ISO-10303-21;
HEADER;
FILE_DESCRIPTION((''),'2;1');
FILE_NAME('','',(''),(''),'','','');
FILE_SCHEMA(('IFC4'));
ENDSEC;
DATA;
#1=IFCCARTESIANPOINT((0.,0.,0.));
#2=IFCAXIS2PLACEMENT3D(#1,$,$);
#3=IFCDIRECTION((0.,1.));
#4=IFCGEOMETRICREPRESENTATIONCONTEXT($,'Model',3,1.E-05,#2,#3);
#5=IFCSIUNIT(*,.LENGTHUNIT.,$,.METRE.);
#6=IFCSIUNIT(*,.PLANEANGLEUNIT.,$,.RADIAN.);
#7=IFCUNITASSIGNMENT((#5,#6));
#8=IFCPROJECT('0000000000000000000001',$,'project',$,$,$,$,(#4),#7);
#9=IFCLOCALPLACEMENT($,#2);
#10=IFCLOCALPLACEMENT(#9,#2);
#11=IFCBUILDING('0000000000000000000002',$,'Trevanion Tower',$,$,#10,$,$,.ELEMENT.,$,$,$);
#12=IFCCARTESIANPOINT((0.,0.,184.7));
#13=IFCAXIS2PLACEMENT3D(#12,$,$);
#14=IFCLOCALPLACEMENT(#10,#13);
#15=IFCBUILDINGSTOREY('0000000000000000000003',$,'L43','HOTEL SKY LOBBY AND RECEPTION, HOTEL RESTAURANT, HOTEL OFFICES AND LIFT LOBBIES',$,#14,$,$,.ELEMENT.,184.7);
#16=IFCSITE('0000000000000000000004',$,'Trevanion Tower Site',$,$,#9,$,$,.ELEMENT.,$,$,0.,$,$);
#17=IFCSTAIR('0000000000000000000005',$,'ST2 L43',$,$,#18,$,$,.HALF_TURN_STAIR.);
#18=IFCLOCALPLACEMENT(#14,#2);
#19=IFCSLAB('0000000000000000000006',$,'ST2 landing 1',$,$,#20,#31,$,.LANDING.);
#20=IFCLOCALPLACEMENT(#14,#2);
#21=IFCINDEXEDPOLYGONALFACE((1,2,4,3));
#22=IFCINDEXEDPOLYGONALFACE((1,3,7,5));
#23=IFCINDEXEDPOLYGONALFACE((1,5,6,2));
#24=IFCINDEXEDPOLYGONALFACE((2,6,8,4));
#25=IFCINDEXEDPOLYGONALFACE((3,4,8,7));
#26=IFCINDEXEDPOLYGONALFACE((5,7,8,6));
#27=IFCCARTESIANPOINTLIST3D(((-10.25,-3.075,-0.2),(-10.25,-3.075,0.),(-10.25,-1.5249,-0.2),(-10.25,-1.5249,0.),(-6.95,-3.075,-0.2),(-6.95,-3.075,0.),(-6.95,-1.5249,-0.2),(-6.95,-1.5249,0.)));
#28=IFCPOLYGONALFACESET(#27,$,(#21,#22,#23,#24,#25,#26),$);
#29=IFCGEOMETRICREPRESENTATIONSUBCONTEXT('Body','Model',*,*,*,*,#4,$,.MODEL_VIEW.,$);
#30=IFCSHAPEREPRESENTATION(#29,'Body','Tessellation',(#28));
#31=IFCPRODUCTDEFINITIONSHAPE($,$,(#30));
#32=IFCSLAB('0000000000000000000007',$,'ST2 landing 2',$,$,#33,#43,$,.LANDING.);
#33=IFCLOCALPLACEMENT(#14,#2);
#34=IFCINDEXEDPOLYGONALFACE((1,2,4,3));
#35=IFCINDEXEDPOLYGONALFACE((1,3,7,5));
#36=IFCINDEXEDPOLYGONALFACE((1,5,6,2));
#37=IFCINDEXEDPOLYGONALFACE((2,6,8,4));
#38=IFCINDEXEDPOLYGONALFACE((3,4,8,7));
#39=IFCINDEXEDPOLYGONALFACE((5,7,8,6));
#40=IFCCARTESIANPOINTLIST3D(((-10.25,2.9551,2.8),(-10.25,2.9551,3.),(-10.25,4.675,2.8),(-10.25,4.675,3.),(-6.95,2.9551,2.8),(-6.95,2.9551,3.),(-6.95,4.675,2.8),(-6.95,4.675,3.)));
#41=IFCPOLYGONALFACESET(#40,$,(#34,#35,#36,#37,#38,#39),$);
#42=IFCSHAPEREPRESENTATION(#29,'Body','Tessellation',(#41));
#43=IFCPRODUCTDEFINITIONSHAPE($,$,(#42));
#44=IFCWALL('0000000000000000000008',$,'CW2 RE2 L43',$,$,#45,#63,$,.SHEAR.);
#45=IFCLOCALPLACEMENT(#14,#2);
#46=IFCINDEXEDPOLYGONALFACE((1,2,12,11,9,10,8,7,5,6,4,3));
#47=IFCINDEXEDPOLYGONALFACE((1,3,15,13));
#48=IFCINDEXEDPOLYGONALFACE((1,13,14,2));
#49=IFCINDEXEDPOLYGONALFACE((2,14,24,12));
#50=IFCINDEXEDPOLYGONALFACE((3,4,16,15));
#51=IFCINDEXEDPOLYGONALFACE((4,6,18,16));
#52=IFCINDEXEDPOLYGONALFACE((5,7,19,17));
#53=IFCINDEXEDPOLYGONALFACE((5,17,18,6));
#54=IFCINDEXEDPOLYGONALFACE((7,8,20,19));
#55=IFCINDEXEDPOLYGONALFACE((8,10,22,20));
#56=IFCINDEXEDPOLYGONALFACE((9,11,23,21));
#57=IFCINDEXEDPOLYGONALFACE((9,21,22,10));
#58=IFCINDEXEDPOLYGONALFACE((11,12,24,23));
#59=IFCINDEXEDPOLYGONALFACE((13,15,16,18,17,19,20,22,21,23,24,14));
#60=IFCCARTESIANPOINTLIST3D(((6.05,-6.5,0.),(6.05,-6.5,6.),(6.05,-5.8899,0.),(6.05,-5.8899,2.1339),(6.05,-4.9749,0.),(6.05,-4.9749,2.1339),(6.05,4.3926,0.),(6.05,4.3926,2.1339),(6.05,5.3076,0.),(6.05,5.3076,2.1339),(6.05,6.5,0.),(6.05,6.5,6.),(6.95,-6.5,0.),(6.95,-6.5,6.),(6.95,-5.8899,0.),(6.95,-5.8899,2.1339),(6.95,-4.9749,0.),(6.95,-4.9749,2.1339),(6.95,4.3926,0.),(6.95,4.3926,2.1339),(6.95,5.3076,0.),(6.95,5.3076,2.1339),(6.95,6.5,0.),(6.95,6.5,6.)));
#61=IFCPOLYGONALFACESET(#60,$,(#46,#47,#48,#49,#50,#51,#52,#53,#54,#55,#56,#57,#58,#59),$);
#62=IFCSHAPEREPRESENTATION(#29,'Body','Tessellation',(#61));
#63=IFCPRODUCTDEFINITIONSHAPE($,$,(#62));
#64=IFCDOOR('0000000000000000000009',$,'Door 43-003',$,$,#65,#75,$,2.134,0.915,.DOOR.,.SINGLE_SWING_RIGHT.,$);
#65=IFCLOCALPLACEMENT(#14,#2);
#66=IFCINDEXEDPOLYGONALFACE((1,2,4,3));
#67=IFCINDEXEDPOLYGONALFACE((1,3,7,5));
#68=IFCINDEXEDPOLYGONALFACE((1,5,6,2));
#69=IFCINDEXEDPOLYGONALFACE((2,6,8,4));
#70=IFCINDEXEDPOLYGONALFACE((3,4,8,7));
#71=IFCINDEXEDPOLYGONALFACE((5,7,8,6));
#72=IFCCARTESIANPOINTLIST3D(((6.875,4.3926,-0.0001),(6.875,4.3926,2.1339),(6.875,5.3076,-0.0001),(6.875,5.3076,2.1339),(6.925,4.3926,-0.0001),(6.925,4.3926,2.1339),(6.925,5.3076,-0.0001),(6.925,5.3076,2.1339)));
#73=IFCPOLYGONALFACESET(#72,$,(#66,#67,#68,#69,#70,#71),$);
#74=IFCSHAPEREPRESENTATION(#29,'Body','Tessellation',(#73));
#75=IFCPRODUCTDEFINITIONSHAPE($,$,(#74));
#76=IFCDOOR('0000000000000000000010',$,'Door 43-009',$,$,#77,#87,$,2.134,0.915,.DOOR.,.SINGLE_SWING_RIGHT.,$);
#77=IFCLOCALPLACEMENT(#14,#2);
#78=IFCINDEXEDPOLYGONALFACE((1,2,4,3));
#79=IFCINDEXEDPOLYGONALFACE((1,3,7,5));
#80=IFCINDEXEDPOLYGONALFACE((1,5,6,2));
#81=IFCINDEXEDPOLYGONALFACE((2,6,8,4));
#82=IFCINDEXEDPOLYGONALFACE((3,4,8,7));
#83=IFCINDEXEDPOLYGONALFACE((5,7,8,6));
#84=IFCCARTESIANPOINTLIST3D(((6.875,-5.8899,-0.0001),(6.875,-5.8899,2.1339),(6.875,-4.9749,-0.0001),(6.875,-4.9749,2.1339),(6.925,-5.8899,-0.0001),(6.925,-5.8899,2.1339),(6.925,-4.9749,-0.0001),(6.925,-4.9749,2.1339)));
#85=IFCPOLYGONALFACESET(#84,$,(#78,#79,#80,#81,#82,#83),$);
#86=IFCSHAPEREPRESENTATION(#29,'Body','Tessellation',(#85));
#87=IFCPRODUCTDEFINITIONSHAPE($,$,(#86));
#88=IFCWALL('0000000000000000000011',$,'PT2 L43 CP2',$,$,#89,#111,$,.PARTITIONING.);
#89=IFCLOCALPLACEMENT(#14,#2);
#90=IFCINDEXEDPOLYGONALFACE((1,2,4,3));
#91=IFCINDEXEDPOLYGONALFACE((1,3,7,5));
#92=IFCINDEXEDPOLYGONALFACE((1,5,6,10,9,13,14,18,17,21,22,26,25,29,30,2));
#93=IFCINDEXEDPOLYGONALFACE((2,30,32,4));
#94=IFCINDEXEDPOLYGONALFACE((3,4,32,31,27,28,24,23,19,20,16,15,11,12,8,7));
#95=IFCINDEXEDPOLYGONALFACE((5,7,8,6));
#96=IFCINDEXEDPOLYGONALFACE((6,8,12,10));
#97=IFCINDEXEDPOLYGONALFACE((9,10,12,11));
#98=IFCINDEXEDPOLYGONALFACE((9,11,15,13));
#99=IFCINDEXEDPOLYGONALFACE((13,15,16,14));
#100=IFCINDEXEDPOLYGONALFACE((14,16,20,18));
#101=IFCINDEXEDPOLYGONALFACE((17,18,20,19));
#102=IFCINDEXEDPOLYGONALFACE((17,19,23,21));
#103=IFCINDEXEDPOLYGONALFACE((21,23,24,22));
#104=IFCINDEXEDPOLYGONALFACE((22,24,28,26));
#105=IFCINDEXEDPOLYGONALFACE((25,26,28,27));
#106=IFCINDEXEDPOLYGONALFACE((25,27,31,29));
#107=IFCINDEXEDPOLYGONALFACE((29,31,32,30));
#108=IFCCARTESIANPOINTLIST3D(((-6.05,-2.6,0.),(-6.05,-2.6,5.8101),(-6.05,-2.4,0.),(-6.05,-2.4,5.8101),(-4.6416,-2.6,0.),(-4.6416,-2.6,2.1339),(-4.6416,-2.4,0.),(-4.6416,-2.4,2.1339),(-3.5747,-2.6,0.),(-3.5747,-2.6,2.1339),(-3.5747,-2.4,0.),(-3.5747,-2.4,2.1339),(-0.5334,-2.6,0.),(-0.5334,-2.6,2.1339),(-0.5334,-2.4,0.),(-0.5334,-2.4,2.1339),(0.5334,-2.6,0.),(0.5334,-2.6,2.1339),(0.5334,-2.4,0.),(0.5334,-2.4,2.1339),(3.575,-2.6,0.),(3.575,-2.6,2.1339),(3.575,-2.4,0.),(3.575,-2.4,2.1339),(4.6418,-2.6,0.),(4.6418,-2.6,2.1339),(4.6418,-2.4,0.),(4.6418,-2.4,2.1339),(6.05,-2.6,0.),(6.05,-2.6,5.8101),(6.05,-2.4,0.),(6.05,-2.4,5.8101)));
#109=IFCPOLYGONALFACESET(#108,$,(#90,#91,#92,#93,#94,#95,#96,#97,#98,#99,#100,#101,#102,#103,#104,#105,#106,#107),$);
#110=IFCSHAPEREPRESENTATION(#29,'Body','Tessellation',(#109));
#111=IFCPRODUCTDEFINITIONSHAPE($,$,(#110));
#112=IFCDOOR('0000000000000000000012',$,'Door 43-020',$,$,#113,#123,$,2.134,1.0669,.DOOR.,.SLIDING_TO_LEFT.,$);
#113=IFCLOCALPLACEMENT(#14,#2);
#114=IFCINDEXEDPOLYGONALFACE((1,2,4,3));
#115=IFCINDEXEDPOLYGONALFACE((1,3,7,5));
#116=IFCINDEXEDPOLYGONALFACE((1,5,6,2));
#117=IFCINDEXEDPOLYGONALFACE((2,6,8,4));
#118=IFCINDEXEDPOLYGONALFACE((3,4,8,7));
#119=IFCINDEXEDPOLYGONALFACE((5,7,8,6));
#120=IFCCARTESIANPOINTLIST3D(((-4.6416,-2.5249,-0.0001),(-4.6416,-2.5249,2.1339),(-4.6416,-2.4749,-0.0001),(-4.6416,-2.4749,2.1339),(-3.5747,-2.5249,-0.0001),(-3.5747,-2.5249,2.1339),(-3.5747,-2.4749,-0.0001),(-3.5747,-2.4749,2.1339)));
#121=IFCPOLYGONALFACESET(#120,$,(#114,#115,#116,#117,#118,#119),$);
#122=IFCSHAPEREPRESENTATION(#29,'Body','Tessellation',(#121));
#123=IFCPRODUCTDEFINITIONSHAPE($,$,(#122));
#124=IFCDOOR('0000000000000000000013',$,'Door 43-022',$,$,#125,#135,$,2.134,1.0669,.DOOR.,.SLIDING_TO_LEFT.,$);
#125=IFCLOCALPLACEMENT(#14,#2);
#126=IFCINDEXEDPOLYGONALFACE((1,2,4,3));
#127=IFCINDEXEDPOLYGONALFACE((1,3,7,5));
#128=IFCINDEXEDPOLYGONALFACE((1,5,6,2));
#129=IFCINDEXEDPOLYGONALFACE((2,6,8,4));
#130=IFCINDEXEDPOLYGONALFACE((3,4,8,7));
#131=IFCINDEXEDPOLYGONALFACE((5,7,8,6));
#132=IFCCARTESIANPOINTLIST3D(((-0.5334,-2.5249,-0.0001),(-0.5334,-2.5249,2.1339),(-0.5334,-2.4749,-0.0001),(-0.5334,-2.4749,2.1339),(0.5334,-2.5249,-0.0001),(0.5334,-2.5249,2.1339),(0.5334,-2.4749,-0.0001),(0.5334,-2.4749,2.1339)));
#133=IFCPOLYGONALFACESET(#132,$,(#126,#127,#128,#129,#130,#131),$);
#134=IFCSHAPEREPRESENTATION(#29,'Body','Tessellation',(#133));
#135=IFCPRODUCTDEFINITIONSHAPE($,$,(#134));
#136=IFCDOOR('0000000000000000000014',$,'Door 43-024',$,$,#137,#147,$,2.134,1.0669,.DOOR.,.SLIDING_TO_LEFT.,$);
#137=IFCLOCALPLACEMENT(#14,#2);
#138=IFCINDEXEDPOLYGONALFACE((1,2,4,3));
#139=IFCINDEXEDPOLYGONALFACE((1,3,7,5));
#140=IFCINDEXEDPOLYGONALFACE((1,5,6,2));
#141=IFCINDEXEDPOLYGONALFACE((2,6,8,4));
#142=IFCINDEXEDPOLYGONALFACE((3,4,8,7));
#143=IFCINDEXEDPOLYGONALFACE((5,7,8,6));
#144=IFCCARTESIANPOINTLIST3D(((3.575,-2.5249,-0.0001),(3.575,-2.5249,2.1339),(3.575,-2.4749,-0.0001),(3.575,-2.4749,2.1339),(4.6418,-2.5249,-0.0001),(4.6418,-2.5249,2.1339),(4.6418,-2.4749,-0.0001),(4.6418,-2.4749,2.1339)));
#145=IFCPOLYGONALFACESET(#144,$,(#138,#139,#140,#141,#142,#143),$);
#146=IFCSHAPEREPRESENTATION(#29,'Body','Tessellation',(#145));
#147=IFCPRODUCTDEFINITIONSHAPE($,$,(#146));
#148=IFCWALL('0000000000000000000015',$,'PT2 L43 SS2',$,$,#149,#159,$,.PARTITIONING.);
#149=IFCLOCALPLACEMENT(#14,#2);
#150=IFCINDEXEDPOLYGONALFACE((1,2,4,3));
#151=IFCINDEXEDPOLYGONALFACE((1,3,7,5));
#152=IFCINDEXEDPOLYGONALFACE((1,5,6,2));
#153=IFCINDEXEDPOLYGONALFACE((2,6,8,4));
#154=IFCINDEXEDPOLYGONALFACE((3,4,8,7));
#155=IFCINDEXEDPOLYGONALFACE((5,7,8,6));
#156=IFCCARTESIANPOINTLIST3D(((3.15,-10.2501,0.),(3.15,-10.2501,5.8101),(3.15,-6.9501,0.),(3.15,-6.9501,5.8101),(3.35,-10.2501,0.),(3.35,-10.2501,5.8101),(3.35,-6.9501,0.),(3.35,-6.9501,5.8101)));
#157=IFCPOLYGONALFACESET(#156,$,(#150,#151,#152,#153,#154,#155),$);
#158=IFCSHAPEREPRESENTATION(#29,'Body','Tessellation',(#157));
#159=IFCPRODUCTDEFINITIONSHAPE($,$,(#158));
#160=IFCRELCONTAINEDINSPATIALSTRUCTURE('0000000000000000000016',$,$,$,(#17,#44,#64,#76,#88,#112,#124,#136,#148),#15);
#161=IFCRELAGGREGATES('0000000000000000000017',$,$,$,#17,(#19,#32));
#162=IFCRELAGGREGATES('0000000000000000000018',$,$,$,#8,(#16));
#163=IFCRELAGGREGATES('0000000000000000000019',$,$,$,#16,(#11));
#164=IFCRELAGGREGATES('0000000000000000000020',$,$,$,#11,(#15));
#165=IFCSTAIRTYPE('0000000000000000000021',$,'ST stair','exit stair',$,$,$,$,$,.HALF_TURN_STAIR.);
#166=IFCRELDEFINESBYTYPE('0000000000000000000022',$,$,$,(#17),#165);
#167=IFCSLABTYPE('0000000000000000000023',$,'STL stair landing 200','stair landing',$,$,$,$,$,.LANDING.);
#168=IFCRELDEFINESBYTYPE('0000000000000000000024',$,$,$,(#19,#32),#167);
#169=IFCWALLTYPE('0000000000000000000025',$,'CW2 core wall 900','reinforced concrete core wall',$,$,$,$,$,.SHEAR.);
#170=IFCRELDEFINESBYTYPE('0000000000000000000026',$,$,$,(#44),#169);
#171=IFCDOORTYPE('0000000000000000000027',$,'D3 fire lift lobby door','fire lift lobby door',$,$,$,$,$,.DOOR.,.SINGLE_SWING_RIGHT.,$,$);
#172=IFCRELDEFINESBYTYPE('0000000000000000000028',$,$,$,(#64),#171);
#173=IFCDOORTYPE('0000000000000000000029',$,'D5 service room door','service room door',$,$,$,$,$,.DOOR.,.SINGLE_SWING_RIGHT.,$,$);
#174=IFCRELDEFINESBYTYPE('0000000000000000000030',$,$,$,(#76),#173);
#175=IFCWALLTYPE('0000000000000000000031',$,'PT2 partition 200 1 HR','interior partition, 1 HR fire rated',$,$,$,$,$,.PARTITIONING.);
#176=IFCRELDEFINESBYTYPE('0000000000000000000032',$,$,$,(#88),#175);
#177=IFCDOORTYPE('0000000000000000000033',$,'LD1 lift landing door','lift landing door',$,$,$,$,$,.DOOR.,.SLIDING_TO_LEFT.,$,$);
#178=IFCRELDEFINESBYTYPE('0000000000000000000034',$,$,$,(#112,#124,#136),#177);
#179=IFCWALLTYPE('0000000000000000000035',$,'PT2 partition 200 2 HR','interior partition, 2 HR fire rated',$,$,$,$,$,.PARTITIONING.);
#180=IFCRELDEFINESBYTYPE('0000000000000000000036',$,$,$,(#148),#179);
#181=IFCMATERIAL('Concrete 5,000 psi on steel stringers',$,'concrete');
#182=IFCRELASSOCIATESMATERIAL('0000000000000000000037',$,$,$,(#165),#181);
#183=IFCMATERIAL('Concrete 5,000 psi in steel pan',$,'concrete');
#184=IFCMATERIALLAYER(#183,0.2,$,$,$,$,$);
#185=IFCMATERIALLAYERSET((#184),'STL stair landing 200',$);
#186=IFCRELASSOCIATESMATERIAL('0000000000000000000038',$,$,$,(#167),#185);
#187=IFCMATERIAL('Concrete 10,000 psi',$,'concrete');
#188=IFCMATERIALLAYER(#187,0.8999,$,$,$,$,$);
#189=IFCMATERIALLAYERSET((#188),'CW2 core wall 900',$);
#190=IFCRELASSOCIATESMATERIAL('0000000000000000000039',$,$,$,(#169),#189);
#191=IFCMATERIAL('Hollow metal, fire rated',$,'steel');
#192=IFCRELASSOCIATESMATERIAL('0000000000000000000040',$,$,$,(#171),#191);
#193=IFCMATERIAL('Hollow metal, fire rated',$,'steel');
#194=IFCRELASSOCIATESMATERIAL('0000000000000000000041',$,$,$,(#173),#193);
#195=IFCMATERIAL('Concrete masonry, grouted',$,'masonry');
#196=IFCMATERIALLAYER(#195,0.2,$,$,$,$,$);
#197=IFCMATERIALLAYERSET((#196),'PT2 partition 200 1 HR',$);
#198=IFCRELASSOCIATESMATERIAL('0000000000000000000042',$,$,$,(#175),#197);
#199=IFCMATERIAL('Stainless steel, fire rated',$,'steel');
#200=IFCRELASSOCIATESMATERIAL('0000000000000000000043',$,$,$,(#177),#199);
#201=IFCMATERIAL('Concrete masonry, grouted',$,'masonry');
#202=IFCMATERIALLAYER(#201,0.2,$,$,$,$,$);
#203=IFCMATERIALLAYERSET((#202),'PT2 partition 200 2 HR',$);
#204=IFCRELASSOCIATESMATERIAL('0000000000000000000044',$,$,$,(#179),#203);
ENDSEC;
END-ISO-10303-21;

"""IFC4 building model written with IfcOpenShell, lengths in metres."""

from ifc_helpers import new_model, si_unit, direction, frame, frame_2d, origin, place, context, subcontext, project, spatial, polyline, rectangle, outline, extrude, material, layer, layer_set, type_object, element, fill, aggregate, save


model = new_model("IFC4")

# Units and contexts
model_context = context("Model", 3, precision=1e-05, world=origin(), true_north=direction((0.0, 1.0)))
body_context = subcontext(model_context, "Body", "Model", "MODEL_VIEW")
ifc_project = project(units=[si_unit("LENGTHUNIT", "METRE"), si_unit("PLANEANGLEUNIT", "RADIAN")], contexts=[model_context])

# Site, building, storey
site_placement = place(None, origin())
site = spatial("IfcSite", under=ifc_project, at=site_placement, Name="Trevanion Tower Site", CompositionType="ELEMENT", RefElevation=0.0)
building_placement = place(site_placement, origin())
building = spatial("IfcBuilding", under=site, at=building_placement, Name="Trevanion Tower", CompositionType="ELEMENT")
storey_placement = place(building_placement, frame((0.0, 0.0, 184.7)))
storey = spatial("IfcBuildingStorey", under=building, at=storey_placement, Name="L43", Description="HOTEL SKY LOBBY AND RECEPTION, HOTEL RESTAURANT, HOTEL OFFICES AND LIFT LOBBIES", CompositionType="ELEMENT", Elevation=184.7)

# Stair, slabs
ifc_material_1 = material(Name="Concrete 5,000 psi on steel stringers", Category="concrete")
stair_type = type_object("IfcStairType", Name="ST stair", Description="exit stair", PredefinedType="HALF_TURN_STAIR", material=ifc_material_1)
ifc_material_2 = material(Name="Concrete 5,000 psi in steel pan", Category="concrete")
ifc_layer_1 = layer(ifc_material_2, 0.2)
ifc_layer_set_1 = layer_set([ifc_layer_1], Name="STL stair landing 200")
slab_type_1 = type_object("IfcSlabType", Name="STL stair landing 200", Description="stair landing", PredefinedType="LANDING", material=ifc_layer_set_1)
stair_1_placement = place(storey_placement, origin())
stair_1 = element("IfcStair", 1, at=stair_1_placement, inside=storey, type_object=stair_type, Name="ST2 L43", PredefinedType="HALF_TURN_STAIR")
slab_1_placement = place(storey_placement, frame((0.0, 0.0, -0.2)))
slab_1 = element("IfcSlab", 2, at=slab_1_placement, type_object=slab_type_1, Name="ST2 landing 1", PredefinedType="LANDING", context=body_context, shape_type="SweptSolid", body=[
    extrude(outline(polyline([(-6.95, -1.5249), (-10.25, -1.5249), (-10.25, -3.075), (-6.95, -3.075), (-6.95, -1.5249)])), origin(), (0.0, 0.0, 1.0), 0.2),
])
slab_2_placement = place(storey_placement, frame((0.0, 0.0, 2.8)))
slab_2 = element("IfcSlab", 3, at=slab_2_placement, type_object=slab_type_1, Name="ST2 landing 2", PredefinedType="LANDING", context=body_context, shape_type="SweptSolid", body=[
    extrude(outline(polyline([(-6.95, 4.675), (-10.25, 4.675), (-10.25, 2.9551), (-6.95, 2.9551), (-6.95, 4.675)])), origin(), (0.0, 0.0, 1.0), 0.2),
])
aggregate(stair_1, [slab_1, slab_2])

# Walls, openings, doors
ifc_material_3 = material(Name="Concrete 10,000 psi", Category="concrete")
ifc_layer_2 = layer(ifc_material_3, 0.8999)
ifc_layer_set_2 = layer_set([ifc_layer_2], Name="CW2 core wall 900")
wall_type_1 = type_object("IfcWallType", Name="CW2 core wall 900", Description="reinforced concrete core wall", PredefinedType="SHEAR", material=ifc_layer_set_2)
wall_1_placement = place(storey_placement, frame((6.5, -6.5, 0.0), z_axis=(0.0, 0.0, 1.0), x_axis=(0.0, 1.0, 0.0)))
wall_1 = element("IfcWall", 4, at=wall_1_placement, inside=storey, type_object=wall_type_1, Name="CW2 RE2 L43", PredefinedType="SHEAR", context=body_context, shape_type="SweptSolid", body=[
    extrude(rectangle(XDim=13.0, YDim=0.8999, at=frame_2d((6.5, 0.0))), origin(), (0.0, 0.0, 1.0), 6.0),
])
opening_1_placement = place(wall_1_placement, frame((10.8926, 0.0, 0.0)))
opening_1 = element("IfcOpeningElement", 5, at=opening_1_placement, cuts=wall_1, PredefinedType="OPENING", context=body_context, shape_type="SweptSolid", body=[
    extrude(rectangle(XDim=0.915, YDim=2.134, at=frame_2d((0.4575, 1.0669))), frame((0.0, 0.46, 0.0), z_axis=(0.0, -1.0, 0.0), x_axis=(1.0, 0.0, 0.0)), (0.0, 0.0, 1.0), 0.9199),
])
opening_2_placement = place(wall_1_placement, frame((0.6101, 0.0, 0.0)))
opening_2 = element("IfcOpeningElement", 6, at=opening_2_placement, cuts=wall_1, PredefinedType="OPENING", context=body_context, shape_type="SweptSolid", body=[
    extrude(rectangle(XDim=0.915, YDim=2.134, at=frame_2d((0.4575, 1.0669))), frame((0.0, 0.46, 0.0), z_axis=(0.0, -1.0, 0.0), x_axis=(1.0, 0.0, 0.0)), (0.0, 0.0, 1.0), 0.9199),
])
ifc_material_4 = material(Name="Hollow metal, fire rated", Category="steel")
door_type_1 = type_object("IfcDoorType", Name="D3 fire lift lobby door", Description="fire lift lobby door", OperationType="SINGLE_SWING_RIGHT", PredefinedType="DOOR", material=ifc_material_4)
door_1_placement = place(opening_1_placement, origin())
door_1 = element("IfcDoor", 7, at=door_1_placement, inside=storey, type_object=door_type_1, Name="Door 43-003", OperationType="SINGLE_SWING_RIGHT", OverallHeight=2.134, OverallWidth=0.915, PredefinedType="DOOR", context=body_context, shape_type="SweptSolid", body=[
    extrude(rectangle(XDim=0.915, YDim=2.134, at=frame_2d((0.4575, 1.0669))), frame((0.0, -0.375, 0.0), z_axis=(0.0, -1.0, 0.0), x_axis=(1.0, 0.0, 0.0)), (0.0, 0.0, 1.0), 0.05),
])
fill(opening_1, door_1)
ifc_material_5 = material(Name="Hollow metal, fire rated", Category="steel")
door_type_2 = type_object("IfcDoorType", Name="D5 service room door", Description="service room door", OperationType="SINGLE_SWING_RIGHT", PredefinedType="DOOR", material=ifc_material_5)
door_2_placement = place(opening_2_placement, origin())
door_2 = element("IfcDoor", 8, at=door_2_placement, inside=storey, type_object=door_type_2, Name="Door 43-009", OperationType="SINGLE_SWING_RIGHT", OverallHeight=2.134, OverallWidth=0.915, PredefinedType="DOOR", context=body_context, shape_type="SweptSolid", body=[
    extrude(rectangle(XDim=0.915, YDim=2.134, at=frame_2d((0.4575, 1.0669))), frame((0.0, -0.375, 0.0), z_axis=(0.0, -1.0, 0.0), x_axis=(1.0, 0.0, 0.0)), (0.0, 0.0, 1.0), 0.05),
])
fill(opening_2, door_2)
ifc_material_6 = material(Name="Concrete masonry, grouted", Category="masonry")
ifc_layer_3 = layer(ifc_material_6, 0.2)
ifc_layer_set_3 = layer_set([ifc_layer_3], Name="PT2 partition 200 1 HR")
wall_type_2 = type_object("IfcWallType", Name="PT2 partition 200 1 HR", Description="interior partition, 1 HR fire rated", PredefinedType="PARTITIONING", material=ifc_layer_set_3)
wall_2_placement = place(storey_placement, frame((6.05, -2.5, 0.0), z_axis=(0.0, 0.0, 1.0), x_axis=(-1.0, 0.0, 0.0)))
wall_2 = element("IfcWall", 9, at=wall_2_placement, inside=storey, type_object=wall_type_2, Name="PT2 L43 CP2", PredefinedType="PARTITIONING", context=body_context, shape_type="SweptSolid", body=[
    extrude(rectangle(XDim=12.1001, YDim=0.2, at=frame_2d((6.05, 0.0))), origin(), (0.0, 0.0, 1.0), 5.8101),
])
opening_3_placement = place(wall_2_placement, frame((9.6248, 0.0, 0.0)))
opening_3 = element("IfcOpeningElement", 10, at=opening_3_placement, cuts=wall_2, PredefinedType="OPENING", context=body_context, shape_type="SweptSolid", body=[
    extrude(rectangle(XDim=1.0669, YDim=2.134, at=frame_2d((0.5334, 1.0669))), frame((0.0, 0.1099, 0.0), z_axis=(0.0, -1.0, 0.0), x_axis=(1.0, 0.0, 0.0)), (0.0, 0.0, 1.0), 0.22),
])
opening_4_placement = place(wall_2_placement, frame((5.5166, 0.0, 0.0)))
opening_4 = element("IfcOpeningElement", 11, at=opening_4_placement, cuts=wall_2, PredefinedType="OPENING", context=body_context, shape_type="SweptSolid", body=[
    extrude(rectangle(XDim=1.0669, YDim=2.134, at=frame_2d((0.5334, 1.0669))), frame((0.0, 0.1099, 0.0), z_axis=(0.0, -1.0, 0.0), x_axis=(1.0, 0.0, 0.0)), (0.0, 0.0, 1.0), 0.22),
])
opening_5_placement = place(wall_2_placement, frame((1.4082, 0.0, 0.0)))
opening_5 = element("IfcOpeningElement", 12, at=opening_5_placement, cuts=wall_2, PredefinedType="OPENING", context=body_context, shape_type="SweptSolid", body=[
    extrude(rectangle(XDim=1.0669, YDim=2.134, at=frame_2d((0.5334, 1.0669))), frame((0.0, 0.1099, 0.0), z_axis=(0.0, -1.0, 0.0), x_axis=(1.0, 0.0, 0.0)), (0.0, 0.0, 1.0), 0.22),
])
ifc_material_7 = material(Name="Stainless steel, fire rated", Category="steel")
door_type_3 = type_object("IfcDoorType", Name="LD1 lift landing door", Description="lift landing door", OperationType="SLIDING_TO_LEFT", PredefinedType="DOOR", material=ifc_material_7)
door_3_placement = place(opening_3_placement, origin())
door_3 = element("IfcDoor", 13, at=door_3_placement, inside=storey, type_object=door_type_3, Name="Door 43-020", OperationType="SLIDING_TO_LEFT", OverallHeight=2.134, OverallWidth=1.0669, PredefinedType="DOOR", context=body_context, shape_type="SweptSolid", body=[
    extrude(rectangle(XDim=1.0669, YDim=2.134, at=frame_2d((0.5334, 1.0669))), frame((0.0, 0.0249, 0.0), z_axis=(0.0, -1.0, 0.0), x_axis=(1.0, 0.0, 0.0)), (0.0, 0.0, 1.0), 0.05),
])
fill(opening_3, door_3)
door_4_placement = place(opening_4_placement, origin())
door_4 = element("IfcDoor", 14, at=door_4_placement, inside=storey, type_object=door_type_3, Name="Door 43-022", OperationType="SLIDING_TO_LEFT", OverallHeight=2.134, OverallWidth=1.0669, PredefinedType="DOOR", context=body_context, shape_type="SweptSolid", body=[
    extrude(rectangle(XDim=1.0669, YDim=2.134, at=frame_2d((0.5334, 1.0669))), frame((0.0, 0.0249, 0.0), z_axis=(0.0, -1.0, 0.0), x_axis=(1.0, 0.0, 0.0)), (0.0, 0.0, 1.0), 0.05),
])
fill(opening_4, door_4)
door_5_placement = place(opening_5_placement, origin())
door_5 = element("IfcDoor", 15, at=door_5_placement, inside=storey, type_object=door_type_3, Name="Door 43-024", OperationType="SLIDING_TO_LEFT", OverallHeight=2.134, OverallWidth=1.0669, PredefinedType="DOOR", context=body_context, shape_type="SweptSolid", body=[
    extrude(rectangle(XDim=1.0669, YDim=2.134, at=frame_2d((0.5334, 1.0669))), frame((0.0, 0.0249, 0.0), z_axis=(0.0, -1.0, 0.0), x_axis=(1.0, 0.0, 0.0)), (0.0, 0.0, 1.0), 0.05),
])
fill(opening_5, door_5)

# Wall
ifc_material_8 = material(Name="Concrete masonry, grouted", Category="masonry")
ifc_layer_4 = layer(ifc_material_8, 0.2)
ifc_layer_set_4 = layer_set([ifc_layer_4], Name="PT2 partition 200 2 HR")
wall_type_3 = type_object("IfcWallType", Name="PT2 partition 200 2 HR", Description="interior partition, 2 HR fire rated", PredefinedType="PARTITIONING", material=ifc_layer_set_4)
wall_3_placement = place(storey_placement, frame((3.25, -10.25, 0.0), z_axis=(0.0, 0.0, 1.0), x_axis=(0.0, 1.0, 0.0)))
element("IfcWall", 16, at=wall_3_placement, inside=storey, type_object=wall_type_3, Name="PT2 L43 SS2", PredefinedType="PARTITIONING", context=body_context, shape_type="SweptSolid", body=[
    extrude(rectangle(XDim=3.3, YDim=0.2, at=frame_2d((1.6499, 0.0))), origin(), (0.0, 0.0, 1.0), 5.8101),
])

save(model, "model.ifc")
